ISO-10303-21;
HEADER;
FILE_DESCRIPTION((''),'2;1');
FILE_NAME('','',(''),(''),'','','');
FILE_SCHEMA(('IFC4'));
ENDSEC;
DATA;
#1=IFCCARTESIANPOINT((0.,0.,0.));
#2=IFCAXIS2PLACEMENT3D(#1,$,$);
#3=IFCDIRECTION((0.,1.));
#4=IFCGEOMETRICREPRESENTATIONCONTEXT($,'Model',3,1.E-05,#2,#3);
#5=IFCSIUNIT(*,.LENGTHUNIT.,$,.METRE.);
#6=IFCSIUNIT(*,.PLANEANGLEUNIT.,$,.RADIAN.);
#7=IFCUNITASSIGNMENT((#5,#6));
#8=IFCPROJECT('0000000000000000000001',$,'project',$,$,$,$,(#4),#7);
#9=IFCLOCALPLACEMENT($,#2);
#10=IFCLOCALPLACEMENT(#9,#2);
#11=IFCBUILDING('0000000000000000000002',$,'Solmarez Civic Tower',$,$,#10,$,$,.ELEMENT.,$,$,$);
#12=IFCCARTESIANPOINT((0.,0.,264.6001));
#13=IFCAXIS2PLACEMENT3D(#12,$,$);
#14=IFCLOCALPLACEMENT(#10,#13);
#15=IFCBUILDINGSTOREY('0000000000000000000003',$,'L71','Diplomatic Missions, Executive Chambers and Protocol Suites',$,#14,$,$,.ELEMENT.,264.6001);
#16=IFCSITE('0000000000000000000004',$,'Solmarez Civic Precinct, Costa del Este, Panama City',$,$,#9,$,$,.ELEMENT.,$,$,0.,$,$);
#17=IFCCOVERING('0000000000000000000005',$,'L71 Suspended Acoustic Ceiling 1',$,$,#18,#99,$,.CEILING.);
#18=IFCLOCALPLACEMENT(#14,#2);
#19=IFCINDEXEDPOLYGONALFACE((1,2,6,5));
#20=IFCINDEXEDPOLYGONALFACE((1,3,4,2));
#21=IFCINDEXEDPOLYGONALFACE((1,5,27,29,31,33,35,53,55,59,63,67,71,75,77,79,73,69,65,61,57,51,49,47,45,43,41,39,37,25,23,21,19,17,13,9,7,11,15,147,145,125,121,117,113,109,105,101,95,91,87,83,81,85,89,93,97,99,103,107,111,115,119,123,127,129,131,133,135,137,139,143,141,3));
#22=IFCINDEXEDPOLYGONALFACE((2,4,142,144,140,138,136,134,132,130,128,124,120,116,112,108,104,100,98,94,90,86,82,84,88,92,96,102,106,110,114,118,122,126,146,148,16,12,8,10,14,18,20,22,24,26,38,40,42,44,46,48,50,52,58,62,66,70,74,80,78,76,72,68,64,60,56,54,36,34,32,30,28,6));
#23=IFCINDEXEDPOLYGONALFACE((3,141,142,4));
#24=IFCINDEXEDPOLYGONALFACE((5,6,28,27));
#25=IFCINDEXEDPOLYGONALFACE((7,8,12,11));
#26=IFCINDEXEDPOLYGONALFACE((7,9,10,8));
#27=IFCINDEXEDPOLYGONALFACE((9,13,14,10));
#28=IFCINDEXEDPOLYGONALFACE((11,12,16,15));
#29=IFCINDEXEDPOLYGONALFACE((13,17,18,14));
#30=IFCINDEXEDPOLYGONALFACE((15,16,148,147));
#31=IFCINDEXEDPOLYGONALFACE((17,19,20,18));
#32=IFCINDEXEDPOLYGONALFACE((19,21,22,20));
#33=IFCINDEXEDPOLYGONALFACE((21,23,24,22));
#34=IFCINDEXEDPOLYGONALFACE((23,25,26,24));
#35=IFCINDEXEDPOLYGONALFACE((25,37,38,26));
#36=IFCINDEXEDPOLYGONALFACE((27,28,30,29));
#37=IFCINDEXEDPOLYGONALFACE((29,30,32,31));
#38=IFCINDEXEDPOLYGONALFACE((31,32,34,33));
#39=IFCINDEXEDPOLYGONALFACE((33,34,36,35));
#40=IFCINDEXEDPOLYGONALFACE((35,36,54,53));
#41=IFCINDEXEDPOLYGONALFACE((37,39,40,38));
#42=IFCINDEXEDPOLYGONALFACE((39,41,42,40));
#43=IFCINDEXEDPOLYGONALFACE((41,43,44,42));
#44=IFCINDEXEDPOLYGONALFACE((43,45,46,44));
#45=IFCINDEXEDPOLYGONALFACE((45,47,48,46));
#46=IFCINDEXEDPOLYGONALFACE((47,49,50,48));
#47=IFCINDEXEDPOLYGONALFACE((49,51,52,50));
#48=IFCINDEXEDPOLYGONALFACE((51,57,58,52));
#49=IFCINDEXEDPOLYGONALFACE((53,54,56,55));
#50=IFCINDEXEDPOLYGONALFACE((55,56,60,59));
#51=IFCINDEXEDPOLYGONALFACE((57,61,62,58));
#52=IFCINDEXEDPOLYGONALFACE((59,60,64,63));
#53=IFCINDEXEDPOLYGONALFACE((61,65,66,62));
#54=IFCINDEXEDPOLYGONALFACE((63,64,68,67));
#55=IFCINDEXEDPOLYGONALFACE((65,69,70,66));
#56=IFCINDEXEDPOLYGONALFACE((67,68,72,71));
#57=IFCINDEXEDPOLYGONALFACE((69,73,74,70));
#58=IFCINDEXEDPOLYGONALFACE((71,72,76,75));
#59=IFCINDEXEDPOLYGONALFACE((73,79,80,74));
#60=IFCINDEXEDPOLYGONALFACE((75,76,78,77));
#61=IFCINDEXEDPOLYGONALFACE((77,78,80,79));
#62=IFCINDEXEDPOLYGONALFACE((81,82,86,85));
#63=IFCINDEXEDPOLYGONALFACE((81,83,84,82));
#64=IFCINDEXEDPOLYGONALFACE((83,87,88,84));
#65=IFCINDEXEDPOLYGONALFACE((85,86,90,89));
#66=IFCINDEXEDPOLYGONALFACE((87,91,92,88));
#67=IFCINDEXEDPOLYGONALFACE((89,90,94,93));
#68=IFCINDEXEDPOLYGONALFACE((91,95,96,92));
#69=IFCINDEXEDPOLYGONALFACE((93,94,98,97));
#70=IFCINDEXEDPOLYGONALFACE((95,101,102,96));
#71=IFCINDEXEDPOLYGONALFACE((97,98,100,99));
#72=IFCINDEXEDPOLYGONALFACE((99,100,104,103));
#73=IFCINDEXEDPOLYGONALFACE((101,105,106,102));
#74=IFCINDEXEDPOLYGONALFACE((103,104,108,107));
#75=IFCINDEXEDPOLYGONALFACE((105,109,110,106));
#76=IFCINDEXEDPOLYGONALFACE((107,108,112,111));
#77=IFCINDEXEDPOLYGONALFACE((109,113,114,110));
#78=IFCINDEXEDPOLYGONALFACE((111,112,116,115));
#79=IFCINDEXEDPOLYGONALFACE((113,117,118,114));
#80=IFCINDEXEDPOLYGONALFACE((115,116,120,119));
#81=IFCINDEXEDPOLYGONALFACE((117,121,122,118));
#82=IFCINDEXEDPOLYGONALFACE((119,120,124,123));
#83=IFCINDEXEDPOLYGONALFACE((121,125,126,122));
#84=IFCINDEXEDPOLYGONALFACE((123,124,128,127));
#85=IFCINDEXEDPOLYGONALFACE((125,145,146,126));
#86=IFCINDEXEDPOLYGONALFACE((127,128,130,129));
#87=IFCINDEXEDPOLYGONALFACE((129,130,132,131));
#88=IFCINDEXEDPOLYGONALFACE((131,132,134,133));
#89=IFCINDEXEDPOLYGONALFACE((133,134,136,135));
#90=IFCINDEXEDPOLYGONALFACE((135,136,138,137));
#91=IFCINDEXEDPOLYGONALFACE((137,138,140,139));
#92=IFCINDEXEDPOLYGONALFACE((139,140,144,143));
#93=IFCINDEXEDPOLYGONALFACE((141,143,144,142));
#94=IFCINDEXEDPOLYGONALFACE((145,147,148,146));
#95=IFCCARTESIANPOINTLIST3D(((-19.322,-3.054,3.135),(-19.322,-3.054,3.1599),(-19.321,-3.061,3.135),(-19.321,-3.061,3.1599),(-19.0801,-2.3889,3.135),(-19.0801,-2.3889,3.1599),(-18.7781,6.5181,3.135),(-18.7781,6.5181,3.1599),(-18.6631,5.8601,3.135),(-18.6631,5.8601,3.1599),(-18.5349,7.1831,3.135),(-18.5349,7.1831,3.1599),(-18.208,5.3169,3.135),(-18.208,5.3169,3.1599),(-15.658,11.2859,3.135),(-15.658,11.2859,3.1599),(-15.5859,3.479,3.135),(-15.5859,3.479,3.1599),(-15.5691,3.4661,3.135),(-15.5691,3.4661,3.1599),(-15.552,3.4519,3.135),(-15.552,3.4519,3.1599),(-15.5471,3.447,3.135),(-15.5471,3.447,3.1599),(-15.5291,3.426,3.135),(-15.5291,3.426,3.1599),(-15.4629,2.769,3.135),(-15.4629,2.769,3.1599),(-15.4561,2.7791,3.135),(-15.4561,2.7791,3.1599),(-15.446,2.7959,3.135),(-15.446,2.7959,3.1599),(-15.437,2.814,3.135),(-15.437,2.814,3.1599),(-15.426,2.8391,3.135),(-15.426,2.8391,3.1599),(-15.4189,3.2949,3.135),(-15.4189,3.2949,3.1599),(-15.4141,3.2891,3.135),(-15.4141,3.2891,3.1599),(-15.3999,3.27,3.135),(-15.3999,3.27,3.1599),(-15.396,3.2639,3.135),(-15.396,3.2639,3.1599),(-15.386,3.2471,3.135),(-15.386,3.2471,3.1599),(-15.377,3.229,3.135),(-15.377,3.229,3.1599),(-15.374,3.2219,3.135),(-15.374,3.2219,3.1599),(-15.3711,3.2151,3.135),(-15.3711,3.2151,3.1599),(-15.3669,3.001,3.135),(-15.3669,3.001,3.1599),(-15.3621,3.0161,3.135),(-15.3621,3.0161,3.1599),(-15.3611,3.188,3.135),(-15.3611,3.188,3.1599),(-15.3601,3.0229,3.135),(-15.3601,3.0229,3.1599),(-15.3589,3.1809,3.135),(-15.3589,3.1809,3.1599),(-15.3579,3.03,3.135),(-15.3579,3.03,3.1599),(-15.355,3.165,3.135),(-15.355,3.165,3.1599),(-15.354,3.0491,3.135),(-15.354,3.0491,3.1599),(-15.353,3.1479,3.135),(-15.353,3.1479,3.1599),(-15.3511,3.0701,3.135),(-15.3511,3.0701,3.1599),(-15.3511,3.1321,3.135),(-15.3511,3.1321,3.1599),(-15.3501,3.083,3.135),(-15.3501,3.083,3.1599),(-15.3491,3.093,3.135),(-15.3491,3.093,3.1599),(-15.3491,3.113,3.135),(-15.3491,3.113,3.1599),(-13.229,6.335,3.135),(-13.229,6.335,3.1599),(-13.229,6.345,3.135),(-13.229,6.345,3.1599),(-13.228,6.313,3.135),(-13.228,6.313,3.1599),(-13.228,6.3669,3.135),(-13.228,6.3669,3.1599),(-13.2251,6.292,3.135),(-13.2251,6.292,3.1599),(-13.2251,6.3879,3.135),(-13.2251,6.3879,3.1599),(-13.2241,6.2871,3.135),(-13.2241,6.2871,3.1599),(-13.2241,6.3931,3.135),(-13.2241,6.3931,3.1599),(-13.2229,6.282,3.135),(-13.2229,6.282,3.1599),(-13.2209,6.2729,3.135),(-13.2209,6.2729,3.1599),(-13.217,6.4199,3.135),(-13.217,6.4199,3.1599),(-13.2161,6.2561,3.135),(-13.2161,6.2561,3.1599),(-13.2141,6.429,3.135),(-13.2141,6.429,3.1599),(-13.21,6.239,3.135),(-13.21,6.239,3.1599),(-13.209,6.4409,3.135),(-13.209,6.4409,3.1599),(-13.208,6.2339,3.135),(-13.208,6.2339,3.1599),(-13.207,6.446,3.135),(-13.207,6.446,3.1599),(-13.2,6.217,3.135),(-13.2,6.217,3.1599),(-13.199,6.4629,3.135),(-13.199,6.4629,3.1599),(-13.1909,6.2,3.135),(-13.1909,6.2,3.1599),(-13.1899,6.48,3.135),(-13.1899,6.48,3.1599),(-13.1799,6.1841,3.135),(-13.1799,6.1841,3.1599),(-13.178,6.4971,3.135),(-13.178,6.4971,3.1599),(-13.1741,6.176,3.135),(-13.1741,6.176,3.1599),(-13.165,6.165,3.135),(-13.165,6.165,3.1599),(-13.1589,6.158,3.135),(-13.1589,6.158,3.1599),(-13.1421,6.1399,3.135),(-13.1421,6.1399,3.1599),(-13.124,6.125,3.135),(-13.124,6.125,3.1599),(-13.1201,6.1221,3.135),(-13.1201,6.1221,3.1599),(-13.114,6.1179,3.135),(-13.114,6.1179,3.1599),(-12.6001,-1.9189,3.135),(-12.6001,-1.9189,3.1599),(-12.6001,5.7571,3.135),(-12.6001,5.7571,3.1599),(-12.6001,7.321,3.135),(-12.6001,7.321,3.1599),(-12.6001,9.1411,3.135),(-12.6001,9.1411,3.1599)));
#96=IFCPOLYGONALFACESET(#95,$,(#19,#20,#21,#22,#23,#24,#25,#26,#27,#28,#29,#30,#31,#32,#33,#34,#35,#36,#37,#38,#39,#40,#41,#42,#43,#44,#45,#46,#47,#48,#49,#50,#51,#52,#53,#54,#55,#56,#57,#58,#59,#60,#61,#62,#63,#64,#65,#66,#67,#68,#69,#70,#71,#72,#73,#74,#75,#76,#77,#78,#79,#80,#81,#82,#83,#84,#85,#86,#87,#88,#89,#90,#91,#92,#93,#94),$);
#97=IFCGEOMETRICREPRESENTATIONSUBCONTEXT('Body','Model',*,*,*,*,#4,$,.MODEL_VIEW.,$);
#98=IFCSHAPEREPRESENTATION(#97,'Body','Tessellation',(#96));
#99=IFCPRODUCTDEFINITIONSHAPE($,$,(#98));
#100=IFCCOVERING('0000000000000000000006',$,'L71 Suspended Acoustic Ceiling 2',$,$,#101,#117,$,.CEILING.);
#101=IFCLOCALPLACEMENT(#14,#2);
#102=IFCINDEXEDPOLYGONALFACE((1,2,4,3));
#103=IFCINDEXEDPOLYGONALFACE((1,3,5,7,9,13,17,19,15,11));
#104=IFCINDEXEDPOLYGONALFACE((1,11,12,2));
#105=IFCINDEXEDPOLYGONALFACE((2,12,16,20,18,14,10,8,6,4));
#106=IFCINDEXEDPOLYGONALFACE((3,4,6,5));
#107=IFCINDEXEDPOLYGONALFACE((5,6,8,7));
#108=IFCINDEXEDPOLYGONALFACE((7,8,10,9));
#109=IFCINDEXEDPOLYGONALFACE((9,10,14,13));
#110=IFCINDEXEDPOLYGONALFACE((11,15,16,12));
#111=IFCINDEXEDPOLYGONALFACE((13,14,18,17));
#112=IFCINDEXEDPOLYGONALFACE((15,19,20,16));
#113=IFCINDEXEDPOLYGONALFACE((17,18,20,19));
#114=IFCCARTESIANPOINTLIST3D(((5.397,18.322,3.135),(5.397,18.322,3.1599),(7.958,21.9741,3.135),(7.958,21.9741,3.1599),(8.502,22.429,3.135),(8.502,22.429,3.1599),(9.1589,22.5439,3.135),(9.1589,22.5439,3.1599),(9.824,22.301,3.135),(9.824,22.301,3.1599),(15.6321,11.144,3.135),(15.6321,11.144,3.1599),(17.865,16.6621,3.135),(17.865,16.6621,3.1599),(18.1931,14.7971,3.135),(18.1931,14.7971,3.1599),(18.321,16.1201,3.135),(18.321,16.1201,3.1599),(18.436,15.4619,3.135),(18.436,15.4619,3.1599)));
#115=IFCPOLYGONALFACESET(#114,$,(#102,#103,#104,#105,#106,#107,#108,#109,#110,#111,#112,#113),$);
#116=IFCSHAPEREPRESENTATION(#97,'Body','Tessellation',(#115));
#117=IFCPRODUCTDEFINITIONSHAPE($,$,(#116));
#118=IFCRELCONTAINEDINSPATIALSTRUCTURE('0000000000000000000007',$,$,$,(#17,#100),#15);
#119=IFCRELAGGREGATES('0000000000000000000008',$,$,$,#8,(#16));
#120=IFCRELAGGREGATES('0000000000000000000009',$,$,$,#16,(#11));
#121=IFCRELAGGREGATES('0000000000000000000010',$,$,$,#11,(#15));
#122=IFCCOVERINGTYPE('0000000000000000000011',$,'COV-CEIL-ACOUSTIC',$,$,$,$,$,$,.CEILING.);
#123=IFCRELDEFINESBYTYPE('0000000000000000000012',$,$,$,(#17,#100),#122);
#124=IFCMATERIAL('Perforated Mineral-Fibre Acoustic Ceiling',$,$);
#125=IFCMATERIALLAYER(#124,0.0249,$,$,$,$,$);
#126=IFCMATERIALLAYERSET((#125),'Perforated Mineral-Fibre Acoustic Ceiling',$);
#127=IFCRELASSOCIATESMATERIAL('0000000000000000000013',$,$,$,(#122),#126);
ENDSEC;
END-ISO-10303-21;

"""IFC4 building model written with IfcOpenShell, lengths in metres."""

from ifc_helpers import new_model, si_unit, direction, frame, origin, place, context, subcontext, project, spatial, polyline, outline, extrude, material, layer, layer_set, type_object, element, save


model = new_model("IFC4")

# Units and contexts
model_context = context("Model", 3, precision=1e-05, world=origin(), true_north=direction((0.0, 1.0)))
body_context = subcontext(model_context, "Body", "Model", "MODEL_VIEW")
ifc_project = project(units=[si_unit("LENGTHUNIT", "METRE"), si_unit("PLANEANGLEUNIT", "RADIAN")], contexts=[model_context])

# Site, building, storey
site_placement = place(None, origin())
site = spatial("IfcSite", under=ifc_project, at=site_placement, Name="Solmarez Civic Precinct, Costa del Este, Panama City", CompositionType="ELEMENT", RefElevation=0.0)
building_placement = place(site_placement, origin())
building = spatial("IfcBuilding", under=site, at=building_placement, Name="Solmarez Civic Tower", CompositionType="ELEMENT")
storey_placement = place(building_placement, frame((0.0, 0.0, 264.6001)))
storey = spatial("IfcBuildingStorey", under=building, at=storey_placement, Name="L71", Description="Diplomatic Missions, Executive Chambers and Protocol Suites", CompositionType="ELEMENT", Elevation=264.6001)

# Coverings
ifc_material_1 = material(Name="Perforated Mineral-Fibre Acoustic Ceiling")
ifc_layer_1 = layer(ifc_material_1, 0.0249)
ifc_layer_set_1 = layer_set([ifc_layer_1], Name="Perforated Mineral-Fibre Acoustic Ceiling")
covering_type_1 = type_object("IfcCoveringType", Name="COV-CEIL-ACOUSTIC", PredefinedType="CEILING", material=ifc_layer_set_1)
covering_1_placement = place(storey_placement, frame((0.0, 0.0, 3.135)))
element("IfcCovering", 1, at=covering_1_placement, inside=storey, type_object=covering_type_1, Name="L71 Suspended Acoustic Ceiling 1", PredefinedType="CEILING", context=body_context, shape_type="SweptSolid", body=[
    extrude(outline(polyline([(-15.3501, 3.083), (-15.3511, 3.0701), (-15.354, 3.0491), (-15.3579, 3.03), (-15.3601, 3.0229), (-15.3621, 3.0161), (-15.3669, 3.001), (-15.426, 2.8391), (-15.437, 2.814), (-15.446, 2.7959), (-15.4561, 2.7791), (-15.4629, 2.769), (-19.0801, -2.3889), (-19.322, -3.054), (-19.321, -3.061), (-12.6001, -1.9189), (-12.6001, 5.7571), (-13.114, 6.1179), (-13.1201, 6.1221), (-13.124, 6.125), (-13.1421, 6.1399), (-13.1589, 6.158), (-13.165, 6.165), (-13.1741, 6.176), (-13.1799, 6.1841), (-13.1909, 6.2), (-13.2, 6.217), (-13.208, 6.2339), (-13.21, 6.239), (-13.2161, 6.2561), (-13.2209, 6.2729), (-13.2229, 6.282), (-13.2241, 6.2871), (-13.2251, 6.292), (-13.228, 6.313), (-13.229, 6.335), (-13.229, 6.345), (-13.228, 6.3669), (-13.2251, 6.3879), (-13.2241, 6.3931), (-13.217, 6.4199), (-13.2141, 6.429), (-13.209, 6.4409), (-13.207, 6.446), (-13.199, 6.4629), (-13.1899, 6.48), (-13.178, 6.4971), (-12.6001, 7.321), (-12.6001, 9.1411), (-15.658, 11.2859), (-18.5349, 7.1831), (-18.7781, 6.5181), (-18.6631, 5.8601), (-18.208, 5.3169), (-15.5859, 3.479), (-15.5691, 3.4661), (-15.552, 3.4519), (-15.5471, 3.447), (-15.5291, 3.426), (-15.4189, 3.2949), (-15.4141, 3.2891), (-15.3999, 3.27), (-15.396, 3.2639), (-15.386, 3.2471), (-15.377, 3.229), (-15.374, 3.2219), (-15.3711, 3.2151), (-15.3611, 3.188), (-15.3589, 3.1809), (-15.355, 3.165), (-15.353, 3.1479), (-15.3511, 3.1321), (-15.3491, 3.113), (-15.3491, 3.093), (-15.3501, 3.083)])), origin(), (0.0, 0.0, 1.0), 0.0249),
])
covering_2_placement = place(storey_placement, frame((0.0, 0.0, 3.135)))
element("IfcCovering", 2, at=covering_2_placement, inside=storey, type_object=covering_type_1, Name="L71 Suspended Acoustic Ceiling 2", PredefinedType="CEILING", context=body_context, shape_type="SweptSolid", body=[
    extrude(outline(polyline([(15.6321, 11.144), (18.1931, 14.7971), (18.436, 15.4619), (18.321, 16.1201), (17.865, 16.6621), (9.824, 22.301), (9.1589, 22.5439), (8.502, 22.429), (7.958, 21.9741), (5.397, 18.322), (15.6321, 11.144)])), origin(), (0.0, 0.0, 1.0), 0.0249),
])

save(model, "model.ifc")
